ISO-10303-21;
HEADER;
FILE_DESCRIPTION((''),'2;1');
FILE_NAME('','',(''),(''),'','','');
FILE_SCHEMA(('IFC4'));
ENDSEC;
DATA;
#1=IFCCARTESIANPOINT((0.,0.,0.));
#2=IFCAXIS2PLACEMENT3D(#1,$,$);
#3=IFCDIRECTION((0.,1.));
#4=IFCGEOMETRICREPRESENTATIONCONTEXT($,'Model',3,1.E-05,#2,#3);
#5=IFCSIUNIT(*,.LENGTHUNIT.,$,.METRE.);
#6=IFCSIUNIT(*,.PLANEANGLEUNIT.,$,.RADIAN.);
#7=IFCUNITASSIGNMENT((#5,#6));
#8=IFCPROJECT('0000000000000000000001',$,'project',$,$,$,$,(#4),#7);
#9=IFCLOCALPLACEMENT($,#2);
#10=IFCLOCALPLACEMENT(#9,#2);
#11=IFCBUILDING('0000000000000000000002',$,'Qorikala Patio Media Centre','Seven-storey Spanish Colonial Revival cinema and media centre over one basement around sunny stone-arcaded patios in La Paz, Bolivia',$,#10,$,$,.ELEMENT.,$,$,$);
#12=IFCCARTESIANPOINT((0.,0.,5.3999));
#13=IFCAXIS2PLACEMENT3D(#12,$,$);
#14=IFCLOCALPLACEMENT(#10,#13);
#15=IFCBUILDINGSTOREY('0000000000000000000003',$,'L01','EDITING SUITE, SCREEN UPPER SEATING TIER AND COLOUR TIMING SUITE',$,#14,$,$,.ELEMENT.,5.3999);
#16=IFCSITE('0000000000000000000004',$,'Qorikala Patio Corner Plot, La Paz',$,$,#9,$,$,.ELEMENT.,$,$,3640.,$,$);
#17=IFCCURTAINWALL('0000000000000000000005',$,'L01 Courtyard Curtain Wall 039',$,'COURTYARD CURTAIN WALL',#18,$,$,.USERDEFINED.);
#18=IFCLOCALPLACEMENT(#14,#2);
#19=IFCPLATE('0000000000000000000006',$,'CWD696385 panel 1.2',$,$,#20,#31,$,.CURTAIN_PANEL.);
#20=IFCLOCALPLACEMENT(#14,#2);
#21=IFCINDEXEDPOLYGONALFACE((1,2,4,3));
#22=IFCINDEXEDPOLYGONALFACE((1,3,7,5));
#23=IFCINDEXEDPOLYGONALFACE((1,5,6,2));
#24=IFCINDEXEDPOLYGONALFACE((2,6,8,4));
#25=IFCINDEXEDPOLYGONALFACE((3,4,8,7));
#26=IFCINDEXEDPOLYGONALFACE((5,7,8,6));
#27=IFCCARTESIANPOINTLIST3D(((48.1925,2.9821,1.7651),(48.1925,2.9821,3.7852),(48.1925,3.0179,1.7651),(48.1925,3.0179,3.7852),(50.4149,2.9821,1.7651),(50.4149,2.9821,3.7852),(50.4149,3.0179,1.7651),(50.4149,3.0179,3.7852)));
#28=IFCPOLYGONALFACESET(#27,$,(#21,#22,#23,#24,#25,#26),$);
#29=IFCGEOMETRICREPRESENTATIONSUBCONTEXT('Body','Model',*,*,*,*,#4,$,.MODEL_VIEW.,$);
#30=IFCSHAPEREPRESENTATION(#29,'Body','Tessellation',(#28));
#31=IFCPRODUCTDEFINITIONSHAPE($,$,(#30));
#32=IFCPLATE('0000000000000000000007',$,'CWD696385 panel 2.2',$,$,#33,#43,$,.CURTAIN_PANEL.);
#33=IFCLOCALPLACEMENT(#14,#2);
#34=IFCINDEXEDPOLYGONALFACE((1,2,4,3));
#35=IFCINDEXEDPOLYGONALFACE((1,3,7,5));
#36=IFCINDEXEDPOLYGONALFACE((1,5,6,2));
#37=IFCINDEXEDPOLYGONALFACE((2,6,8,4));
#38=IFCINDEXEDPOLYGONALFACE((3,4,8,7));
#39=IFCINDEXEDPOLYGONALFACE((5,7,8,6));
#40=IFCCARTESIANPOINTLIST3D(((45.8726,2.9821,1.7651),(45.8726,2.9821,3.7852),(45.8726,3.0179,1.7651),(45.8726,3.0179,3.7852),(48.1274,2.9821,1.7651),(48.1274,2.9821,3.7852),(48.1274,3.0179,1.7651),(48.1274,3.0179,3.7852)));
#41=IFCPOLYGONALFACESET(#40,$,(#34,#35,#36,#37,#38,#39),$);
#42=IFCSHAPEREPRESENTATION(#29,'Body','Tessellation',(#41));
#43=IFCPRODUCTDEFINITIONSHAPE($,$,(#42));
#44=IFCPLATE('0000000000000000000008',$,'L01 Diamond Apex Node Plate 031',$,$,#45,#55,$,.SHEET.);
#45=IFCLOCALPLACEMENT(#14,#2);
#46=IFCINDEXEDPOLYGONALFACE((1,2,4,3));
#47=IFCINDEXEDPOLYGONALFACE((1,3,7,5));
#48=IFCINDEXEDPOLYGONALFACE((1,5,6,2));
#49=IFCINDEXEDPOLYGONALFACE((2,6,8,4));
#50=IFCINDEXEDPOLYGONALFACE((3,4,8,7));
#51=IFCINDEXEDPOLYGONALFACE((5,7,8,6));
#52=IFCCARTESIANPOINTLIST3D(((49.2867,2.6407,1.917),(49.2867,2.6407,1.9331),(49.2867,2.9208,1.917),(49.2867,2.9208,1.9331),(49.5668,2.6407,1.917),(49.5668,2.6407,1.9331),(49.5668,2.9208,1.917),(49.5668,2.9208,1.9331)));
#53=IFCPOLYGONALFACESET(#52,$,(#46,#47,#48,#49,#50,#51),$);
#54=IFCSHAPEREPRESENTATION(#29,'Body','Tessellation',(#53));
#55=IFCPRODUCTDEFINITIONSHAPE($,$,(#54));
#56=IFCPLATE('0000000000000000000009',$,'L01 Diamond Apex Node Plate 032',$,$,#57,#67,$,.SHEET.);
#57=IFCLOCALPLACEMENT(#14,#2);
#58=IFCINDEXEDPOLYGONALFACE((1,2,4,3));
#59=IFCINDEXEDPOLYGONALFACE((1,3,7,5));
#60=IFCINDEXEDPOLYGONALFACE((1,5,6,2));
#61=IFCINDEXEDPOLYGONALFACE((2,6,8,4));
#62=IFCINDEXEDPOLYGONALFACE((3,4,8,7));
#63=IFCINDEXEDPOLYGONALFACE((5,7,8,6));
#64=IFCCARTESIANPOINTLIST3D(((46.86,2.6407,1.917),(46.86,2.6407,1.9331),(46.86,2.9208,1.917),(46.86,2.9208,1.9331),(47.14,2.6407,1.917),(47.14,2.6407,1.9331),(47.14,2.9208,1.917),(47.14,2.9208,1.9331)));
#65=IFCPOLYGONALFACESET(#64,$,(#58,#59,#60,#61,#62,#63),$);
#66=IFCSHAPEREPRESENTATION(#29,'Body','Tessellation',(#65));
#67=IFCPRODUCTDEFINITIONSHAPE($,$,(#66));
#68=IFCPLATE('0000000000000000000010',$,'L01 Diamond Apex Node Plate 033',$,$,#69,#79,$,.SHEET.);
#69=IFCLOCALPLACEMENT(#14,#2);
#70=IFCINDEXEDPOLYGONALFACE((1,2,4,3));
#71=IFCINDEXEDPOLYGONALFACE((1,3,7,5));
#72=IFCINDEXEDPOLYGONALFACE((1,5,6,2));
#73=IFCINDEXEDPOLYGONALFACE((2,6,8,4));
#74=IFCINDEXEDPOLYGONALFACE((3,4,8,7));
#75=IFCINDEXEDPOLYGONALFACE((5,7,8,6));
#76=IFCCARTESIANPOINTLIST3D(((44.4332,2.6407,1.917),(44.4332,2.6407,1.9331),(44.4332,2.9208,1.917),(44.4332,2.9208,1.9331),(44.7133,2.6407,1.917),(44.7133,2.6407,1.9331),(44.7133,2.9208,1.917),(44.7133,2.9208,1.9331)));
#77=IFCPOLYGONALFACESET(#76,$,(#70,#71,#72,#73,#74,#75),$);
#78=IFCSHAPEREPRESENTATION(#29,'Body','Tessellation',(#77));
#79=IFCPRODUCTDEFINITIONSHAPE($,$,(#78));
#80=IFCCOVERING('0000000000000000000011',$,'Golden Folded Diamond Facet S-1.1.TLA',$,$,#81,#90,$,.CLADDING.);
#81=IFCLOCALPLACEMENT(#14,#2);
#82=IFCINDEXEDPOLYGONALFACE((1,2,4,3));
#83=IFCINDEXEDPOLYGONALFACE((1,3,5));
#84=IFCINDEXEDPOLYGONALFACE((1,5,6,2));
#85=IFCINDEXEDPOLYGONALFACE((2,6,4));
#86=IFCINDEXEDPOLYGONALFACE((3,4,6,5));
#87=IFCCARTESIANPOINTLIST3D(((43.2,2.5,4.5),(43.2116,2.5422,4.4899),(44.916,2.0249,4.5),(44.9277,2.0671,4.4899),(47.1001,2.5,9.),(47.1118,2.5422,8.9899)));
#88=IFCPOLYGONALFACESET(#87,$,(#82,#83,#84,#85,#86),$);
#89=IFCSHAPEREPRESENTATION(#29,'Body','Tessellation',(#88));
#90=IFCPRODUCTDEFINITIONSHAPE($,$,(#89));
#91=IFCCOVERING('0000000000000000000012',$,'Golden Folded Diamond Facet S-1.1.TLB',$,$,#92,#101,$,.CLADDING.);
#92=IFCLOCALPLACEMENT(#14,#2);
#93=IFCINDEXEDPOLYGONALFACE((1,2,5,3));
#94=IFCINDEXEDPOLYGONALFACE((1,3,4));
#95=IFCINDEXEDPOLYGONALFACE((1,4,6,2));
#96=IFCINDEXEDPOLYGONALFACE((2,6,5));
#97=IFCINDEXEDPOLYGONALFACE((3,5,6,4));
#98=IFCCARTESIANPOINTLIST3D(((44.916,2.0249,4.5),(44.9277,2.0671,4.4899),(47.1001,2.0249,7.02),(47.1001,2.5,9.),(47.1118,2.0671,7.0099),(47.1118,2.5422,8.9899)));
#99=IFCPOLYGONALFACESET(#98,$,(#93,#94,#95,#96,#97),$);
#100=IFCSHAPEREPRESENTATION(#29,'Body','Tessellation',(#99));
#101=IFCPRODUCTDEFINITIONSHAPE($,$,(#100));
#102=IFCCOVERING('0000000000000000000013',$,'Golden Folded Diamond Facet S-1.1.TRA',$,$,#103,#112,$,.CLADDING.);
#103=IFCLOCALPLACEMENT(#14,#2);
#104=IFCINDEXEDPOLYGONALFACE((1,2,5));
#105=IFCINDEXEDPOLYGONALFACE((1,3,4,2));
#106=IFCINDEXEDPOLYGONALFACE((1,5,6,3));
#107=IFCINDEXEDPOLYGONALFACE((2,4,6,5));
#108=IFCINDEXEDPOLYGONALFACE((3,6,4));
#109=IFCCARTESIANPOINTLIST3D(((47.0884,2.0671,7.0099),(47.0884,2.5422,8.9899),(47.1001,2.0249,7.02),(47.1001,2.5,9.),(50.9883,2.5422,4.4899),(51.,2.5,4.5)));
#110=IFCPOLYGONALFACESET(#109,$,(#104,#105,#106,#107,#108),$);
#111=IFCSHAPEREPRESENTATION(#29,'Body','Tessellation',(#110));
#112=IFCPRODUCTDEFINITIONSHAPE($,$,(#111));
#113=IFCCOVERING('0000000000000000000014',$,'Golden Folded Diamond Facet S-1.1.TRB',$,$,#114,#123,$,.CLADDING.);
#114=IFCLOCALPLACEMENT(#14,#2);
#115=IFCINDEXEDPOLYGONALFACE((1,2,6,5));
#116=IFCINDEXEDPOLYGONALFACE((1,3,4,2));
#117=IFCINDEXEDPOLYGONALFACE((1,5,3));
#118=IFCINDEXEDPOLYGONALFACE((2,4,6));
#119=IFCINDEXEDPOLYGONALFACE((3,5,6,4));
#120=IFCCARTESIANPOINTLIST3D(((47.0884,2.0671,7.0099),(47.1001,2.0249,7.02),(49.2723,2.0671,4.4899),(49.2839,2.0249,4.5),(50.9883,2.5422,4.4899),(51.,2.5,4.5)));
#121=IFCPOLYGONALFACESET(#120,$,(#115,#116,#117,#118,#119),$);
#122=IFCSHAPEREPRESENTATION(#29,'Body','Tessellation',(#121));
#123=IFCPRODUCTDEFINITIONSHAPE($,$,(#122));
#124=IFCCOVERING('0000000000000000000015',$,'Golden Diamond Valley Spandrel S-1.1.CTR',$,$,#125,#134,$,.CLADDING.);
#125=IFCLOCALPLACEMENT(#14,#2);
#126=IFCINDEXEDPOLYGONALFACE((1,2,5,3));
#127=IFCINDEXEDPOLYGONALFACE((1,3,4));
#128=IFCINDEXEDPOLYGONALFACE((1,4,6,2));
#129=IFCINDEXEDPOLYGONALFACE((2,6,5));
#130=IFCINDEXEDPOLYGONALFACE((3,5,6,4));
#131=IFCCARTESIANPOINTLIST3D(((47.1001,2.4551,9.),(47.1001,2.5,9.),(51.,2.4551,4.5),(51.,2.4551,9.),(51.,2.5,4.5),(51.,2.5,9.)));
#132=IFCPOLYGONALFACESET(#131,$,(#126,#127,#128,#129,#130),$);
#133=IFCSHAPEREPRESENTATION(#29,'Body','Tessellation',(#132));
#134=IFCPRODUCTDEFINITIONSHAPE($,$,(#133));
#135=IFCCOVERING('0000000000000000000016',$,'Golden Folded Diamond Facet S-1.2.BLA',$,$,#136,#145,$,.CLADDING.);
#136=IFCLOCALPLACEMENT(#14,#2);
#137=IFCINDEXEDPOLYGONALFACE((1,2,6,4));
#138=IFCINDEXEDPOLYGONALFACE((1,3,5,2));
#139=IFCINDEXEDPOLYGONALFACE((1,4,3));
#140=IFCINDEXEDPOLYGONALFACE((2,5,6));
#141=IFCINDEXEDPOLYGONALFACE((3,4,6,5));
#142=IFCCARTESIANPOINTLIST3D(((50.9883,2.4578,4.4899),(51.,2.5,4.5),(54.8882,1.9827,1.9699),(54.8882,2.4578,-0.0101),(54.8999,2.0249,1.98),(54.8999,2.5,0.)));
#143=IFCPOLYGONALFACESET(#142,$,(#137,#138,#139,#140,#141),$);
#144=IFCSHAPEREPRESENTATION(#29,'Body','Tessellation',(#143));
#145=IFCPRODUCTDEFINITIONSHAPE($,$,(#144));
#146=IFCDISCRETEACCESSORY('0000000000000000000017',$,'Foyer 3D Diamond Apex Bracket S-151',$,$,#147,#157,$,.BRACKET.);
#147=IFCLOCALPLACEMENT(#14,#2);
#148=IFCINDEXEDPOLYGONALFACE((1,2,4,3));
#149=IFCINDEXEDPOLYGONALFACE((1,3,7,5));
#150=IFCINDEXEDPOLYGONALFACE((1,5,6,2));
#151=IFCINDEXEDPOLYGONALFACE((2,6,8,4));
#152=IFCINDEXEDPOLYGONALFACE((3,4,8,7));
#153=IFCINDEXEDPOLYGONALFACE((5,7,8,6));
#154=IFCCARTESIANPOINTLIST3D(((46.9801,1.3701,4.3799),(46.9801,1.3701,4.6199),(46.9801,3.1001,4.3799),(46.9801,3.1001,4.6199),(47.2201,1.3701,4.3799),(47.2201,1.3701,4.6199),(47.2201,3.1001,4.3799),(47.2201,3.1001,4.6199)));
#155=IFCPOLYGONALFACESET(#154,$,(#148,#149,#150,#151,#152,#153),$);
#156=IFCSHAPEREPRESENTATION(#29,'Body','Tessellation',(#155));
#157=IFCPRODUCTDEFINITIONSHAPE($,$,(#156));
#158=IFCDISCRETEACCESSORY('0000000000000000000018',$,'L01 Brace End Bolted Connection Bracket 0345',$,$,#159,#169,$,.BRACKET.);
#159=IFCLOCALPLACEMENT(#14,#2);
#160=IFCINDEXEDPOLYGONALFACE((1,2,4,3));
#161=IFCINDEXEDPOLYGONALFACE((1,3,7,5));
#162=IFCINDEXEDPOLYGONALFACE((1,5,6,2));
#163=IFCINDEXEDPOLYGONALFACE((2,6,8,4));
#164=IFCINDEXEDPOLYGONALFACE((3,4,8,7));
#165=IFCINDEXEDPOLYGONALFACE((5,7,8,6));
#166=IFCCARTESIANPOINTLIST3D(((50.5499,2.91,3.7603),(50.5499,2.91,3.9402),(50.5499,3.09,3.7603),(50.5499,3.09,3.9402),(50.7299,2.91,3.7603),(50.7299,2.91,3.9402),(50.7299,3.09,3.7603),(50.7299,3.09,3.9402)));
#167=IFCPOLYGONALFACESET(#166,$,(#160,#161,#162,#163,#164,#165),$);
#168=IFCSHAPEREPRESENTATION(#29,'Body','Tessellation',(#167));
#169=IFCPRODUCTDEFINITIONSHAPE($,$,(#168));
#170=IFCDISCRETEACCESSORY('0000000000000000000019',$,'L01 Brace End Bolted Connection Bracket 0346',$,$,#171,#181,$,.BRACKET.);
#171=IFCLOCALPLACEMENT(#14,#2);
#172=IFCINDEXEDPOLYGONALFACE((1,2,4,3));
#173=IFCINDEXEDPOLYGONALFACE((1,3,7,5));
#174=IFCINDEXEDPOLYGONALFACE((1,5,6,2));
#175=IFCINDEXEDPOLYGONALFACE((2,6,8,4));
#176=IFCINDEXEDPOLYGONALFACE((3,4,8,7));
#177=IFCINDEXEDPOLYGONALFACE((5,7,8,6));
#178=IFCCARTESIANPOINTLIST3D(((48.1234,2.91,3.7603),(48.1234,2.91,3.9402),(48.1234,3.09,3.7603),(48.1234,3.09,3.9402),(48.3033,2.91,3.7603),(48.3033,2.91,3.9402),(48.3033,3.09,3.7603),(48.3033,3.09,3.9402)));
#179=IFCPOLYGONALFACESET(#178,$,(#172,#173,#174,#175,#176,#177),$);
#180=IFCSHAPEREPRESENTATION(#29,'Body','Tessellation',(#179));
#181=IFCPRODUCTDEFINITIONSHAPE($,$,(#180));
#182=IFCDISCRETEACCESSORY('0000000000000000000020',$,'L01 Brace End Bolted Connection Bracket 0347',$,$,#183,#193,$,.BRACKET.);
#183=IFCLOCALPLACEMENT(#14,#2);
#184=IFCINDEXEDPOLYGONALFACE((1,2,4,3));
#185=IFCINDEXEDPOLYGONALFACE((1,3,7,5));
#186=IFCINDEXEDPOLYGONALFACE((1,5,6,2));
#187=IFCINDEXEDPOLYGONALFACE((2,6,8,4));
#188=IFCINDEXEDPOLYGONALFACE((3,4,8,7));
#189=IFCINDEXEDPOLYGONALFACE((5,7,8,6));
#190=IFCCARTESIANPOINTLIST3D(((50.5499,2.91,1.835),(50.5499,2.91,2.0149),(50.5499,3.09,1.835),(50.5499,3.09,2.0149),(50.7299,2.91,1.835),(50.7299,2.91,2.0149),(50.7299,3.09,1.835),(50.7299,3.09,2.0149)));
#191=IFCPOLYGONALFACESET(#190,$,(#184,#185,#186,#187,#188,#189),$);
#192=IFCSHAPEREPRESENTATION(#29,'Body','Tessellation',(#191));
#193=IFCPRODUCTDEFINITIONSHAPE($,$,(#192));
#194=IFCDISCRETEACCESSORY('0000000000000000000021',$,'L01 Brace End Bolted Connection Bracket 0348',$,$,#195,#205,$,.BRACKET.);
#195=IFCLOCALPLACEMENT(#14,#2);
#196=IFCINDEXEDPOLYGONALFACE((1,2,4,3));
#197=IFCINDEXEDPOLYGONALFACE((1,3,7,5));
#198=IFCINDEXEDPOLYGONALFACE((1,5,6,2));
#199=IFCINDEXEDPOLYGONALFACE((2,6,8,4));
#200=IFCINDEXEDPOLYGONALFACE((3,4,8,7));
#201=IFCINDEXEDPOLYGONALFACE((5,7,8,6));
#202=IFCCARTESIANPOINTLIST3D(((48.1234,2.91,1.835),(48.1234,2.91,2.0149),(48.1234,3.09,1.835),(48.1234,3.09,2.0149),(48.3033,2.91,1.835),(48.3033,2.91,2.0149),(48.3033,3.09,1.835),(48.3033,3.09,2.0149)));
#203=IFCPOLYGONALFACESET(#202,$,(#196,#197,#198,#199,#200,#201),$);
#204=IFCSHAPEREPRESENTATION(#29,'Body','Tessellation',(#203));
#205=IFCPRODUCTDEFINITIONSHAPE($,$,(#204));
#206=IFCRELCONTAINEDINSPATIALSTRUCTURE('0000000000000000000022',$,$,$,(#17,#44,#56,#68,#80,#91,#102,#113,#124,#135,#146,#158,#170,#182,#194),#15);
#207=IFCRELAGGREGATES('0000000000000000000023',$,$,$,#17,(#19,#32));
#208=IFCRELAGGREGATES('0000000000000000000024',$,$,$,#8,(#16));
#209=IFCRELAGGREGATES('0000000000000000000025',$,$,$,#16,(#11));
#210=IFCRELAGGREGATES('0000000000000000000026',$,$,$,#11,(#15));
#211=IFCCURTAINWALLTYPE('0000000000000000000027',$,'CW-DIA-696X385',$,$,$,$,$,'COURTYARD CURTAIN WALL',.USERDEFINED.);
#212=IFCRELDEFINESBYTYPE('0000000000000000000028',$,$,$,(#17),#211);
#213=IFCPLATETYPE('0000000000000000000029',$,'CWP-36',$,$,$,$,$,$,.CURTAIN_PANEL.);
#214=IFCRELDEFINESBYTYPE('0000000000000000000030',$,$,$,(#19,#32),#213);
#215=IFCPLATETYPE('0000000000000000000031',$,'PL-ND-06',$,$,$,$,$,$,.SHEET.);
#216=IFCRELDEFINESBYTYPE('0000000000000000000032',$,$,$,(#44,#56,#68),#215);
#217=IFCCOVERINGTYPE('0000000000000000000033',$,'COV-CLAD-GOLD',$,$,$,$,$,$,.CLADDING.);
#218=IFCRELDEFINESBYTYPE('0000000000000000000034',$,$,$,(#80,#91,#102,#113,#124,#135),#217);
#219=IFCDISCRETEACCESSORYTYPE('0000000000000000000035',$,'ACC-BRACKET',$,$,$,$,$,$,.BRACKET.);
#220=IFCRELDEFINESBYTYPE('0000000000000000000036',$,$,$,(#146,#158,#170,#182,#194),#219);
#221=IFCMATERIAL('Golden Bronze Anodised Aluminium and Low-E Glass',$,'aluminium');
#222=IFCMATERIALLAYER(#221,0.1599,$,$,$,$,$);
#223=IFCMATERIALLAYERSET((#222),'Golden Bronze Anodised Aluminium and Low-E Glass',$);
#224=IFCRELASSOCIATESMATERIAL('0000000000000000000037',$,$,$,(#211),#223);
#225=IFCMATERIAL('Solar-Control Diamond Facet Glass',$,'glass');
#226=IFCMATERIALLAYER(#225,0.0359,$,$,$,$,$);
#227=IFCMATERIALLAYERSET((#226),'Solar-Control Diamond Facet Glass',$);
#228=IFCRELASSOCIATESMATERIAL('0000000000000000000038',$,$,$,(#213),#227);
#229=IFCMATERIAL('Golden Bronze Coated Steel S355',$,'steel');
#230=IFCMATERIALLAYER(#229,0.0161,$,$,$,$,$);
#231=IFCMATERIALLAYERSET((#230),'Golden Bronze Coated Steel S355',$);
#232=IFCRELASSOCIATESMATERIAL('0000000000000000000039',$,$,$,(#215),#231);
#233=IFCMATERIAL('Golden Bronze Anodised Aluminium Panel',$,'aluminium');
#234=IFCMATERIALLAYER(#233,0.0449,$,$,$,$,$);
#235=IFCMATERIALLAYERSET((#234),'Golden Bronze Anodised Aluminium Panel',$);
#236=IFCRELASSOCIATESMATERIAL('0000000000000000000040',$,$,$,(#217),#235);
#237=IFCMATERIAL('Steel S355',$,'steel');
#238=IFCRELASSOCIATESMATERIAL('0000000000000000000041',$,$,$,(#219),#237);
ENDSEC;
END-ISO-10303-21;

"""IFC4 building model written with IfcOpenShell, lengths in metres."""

from ifc_helpers import new_model, si_unit, direction, frame, origin, origin_2d, place, context, subcontext, project, spatial, polyline, rectangle, outline, extrude, material, layer, layer_set, type_object, element, aggregate, save


model = new_model("IFC4")

# Units and contexts
model_context = context("Model", 3, precision=1e-05, world=origin(), true_north=direction((0.0, 1.0)))
body_context = subcontext(model_context, "Body", "Model", "MODEL_VIEW")
ifc_project = project(units=[si_unit("LENGTHUNIT", "METRE"), si_unit("PLANEANGLEUNIT", "RADIAN")], contexts=[model_context])

# Site, building, storey
site_placement = place(None, origin())
site = spatial("IfcSite", under=ifc_project, at=site_placement, Name="Qorikala Patio Corner Plot, La Paz", CompositionType="ELEMENT", RefElevation=3640.0)
building_placement = place(site_placement, origin())
building = spatial("IfcBuilding", under=site, at=building_placement, Name="Qorikala Patio Media Centre", Description="Seven-storey Spanish Colonial Revival cinema and media centre over one basement around sunny stone-arcaded patios in La Paz, Bolivia", CompositionType="ELEMENT")
storey_placement = place(building_placement, frame((0.0, 0.0, 5.3999)))
storey = spatial("IfcBuildingStorey", under=building, at=storey_placement, Name="L01", Description="EDITING SUITE, SCREEN UPPER SEATING TIER AND COLOUR TIMING SUITE", CompositionType="ELEMENT", Elevation=5.3999)

# Shared definitions
ifc_material_1 = material(Name="Golden Bronze Coated Steel S355", Category="steel")

# Curtain wall
ifc_material_2 = material(Name="Golden Bronze Anodised Aluminium and Low-E Glass", Category="aluminium")
ifc_layer_1 = layer(ifc_material_2, 0.1599)
ifc_layer_set_1 = layer_set([ifc_layer_1], Name="Golden Bronze Anodised Aluminium and Low-E Glass")
curtain_wall_type = type_object("IfcCurtainWallType", Name="CW-DIA-696X385", ElementType="COURTYARD CURTAIN WALL", PredefinedType="USERDEFINED", material=ifc_layer_set_1)
curtain_wall_placement = place(storey_placement, origin())
curtain_wall = element("IfcCurtainWall", 1, at=curtain_wall_placement, inside=storey, type_object=curtain_wall_type, Name="L01 Courtyard Curtain Wall 039", ObjectType="COURTYARD CURTAIN WALL", PredefinedType="USERDEFINED")

# Plates
ifc_material_3 = material(Name="Solar-Control Diamond Facet Glass", Category="glass")
ifc_layer_2 = layer(ifc_material_3, 0.0359)
ifc_layer_set_2 = layer_set([ifc_layer_2], Name="Solar-Control Diamond Facet Glass")
plate_type_1 = type_object("IfcPlateType", Name="CWP-36", PredefinedType="CURTAIN_PANEL", material=ifc_layer_set_2)
plate_1_placement = place(storey_placement, frame((49.3037, 3.0, 1.7651), z_axis=(0.0, 0.0, 1.0), x_axis=(-1.0, 0.0, 0.0)))
plate_1 = element("IfcPlate", 2, at=plate_1_placement, type_object=plate_type_1, Name="CWD696385 panel 1.2", PredefinedType="CURTAIN_PANEL", context=body_context, shape_type="SweptSolid", body=[
    extrude(rectangle(XDim=2.2224, YDim=0.0359, at=origin_2d()), origin(), (0.0, 0.0, 1.0), 2.02),
])
plate_2_placement = place(storey_placement, frame((47.0, 3.0, 1.7651), z_axis=(0.0, 0.0, 1.0), x_axis=(-1.0, 0.0, 0.0)))
plate_2 = element("IfcPlate", 3, at=plate_2_placement, type_object=plate_type_1, Name="CWD696385 panel 2.2", PredefinedType="CURTAIN_PANEL", context=body_context, shape_type="SweptSolid", body=[
    extrude(rectangle(XDim=2.2549, YDim=0.0359, at=origin_2d()), origin(), (0.0, 0.0, 1.0), 2.02),
])
aggregate(curtain_wall, [plate_1, plate_2])

# Plates
ifc_layer_3 = layer(ifc_material_1, 0.0161)
ifc_layer_set_3 = layer_set([ifc_layer_3], Name="Golden Bronze Coated Steel S355")
plate_type_2 = type_object("IfcPlateType", Name="PL-ND-06", PredefinedType="SHEET", material=ifc_layer_set_3)
for number, where, z_axis, x_axis, name in (
    (4, (49.4268, 2.7808, 1.917), (0.0, 0.0, 1.0), (-1.0, 0.0, 0.0), "L01 Diamond Apex Node Plate 031"),
    (5, (47.0, 2.7808, 1.917), (0.0, 0.0, 1.0), (-1.0, 0.0, 0.0), "L01 Diamond Apex Node Plate 032"),
    (6, (44.5732, 2.7808, 1.917), (0.0, 0.0, 1.0), (-1.0, 0.0, 0.0), "L01 Diamond Apex Node Plate 033"),
):
    element("IfcPlate", number, at=place(storey_placement, frame(where, z_axis=z_axis, x_axis=x_axis)), inside=storey, type_object=plate_type_2, Name=name, PredefinedType="SHEET", context=body_context, shape_type="SweptSolid", body=[
        extrude(rectangle(XDim=0.28, YDim=0.28, at=origin_2d()), origin(), (0.0, 0.0, 1.0), 0.0161),
    ])

# Coverings
ifc_material_4 = material(Name="Golden Bronze Anodised Aluminium Panel", Category="aluminium")
ifc_layer_4 = layer(ifc_material_4, 0.0449)
ifc_layer_set_4 = layer_set([ifc_layer_4], Name="Golden Bronze Anodised Aluminium Panel")
covering_type = type_object("IfcCoveringType", Name="COV-CLAD-GOLD", PredefinedType="CLADDING", material=ifc_layer_set_4)
covering_1_placement = place(storey_placement, frame((47.1001, 2.5, 9.0), z_axis=(-0.259956, -0.938968, 0.225304), x_axis=(-0.654945, 0.0, -0.755677)))
element("IfcCovering", 7, at=covering_1_placement, inside=storey, type_object=covering_type, Name="Golden Folded Diamond Facet S-1.1.TLA", PredefinedType="CLADDING", context=body_context, shape_type="SweptSolid", body=[
    extrude(outline(polyline([(0.0, 0.0), (5.9549, 0.0), (4.831, 1.3811), (0.0, 0.0)])), origin(), (0.0, 0.0, -1.0), 0.0449),
])
covering_2_placement = place(storey_placement, frame((47.1001, 2.5, 9.0), z_axis=(-0.25996, -0.938966, 0.225306), x_axis=(-0.434684, -0.094556, -0.895606)))
element("IfcCovering", 8, at=covering_2_placement, inside=storey, type_object=covering_type, Name="Golden Folded Diamond Facet S-1.1.TLB", PredefinedType="CLADDING", context=body_context, shape_type="SweptSolid", body=[
    extrude(outline(polyline([(0.0, 0.0), (5.0245, 0.0), (1.8182, 0.9166), (0.0, 0.0)])), origin(), (0.0, 0.0, -1.0), 0.0449),
])
covering_3_placement = place(storey_placement, frame((51.0, 2.5, 4.5), z_axis=(0.259974, -0.938963, 0.225305), x_axis=(-0.654921, 0.0, 0.755697)))
element("IfcCovering", 9, at=covering_3_placement, inside=storey, type_object=covering_type, Name="Golden Folded Diamond Facet S-1.1.TRA", PredefinedType="CLADDING", context=body_context, shape_type="SweptSolid", body=[
    extrude(outline(polyline([(0.0, 0.0), (5.9548, 0.0), (4.4585, 1.381), (0.0, 0.0)])), origin(), (0.0, 0.0, -1.0), 0.0449),
])
covering_4_placement = place(storey_placement, frame((51.0, 2.5, 4.5), z_axis=(0.259958, -0.938974, 0.225278), x_axis=(-0.835546, -0.101789, 0.539909)))
element("IfcCovering", 10, at=covering_4_placement, inside=storey, type_object=covering_type, Name="Golden Folded Diamond Facet S-1.1.TRB", PredefinedType="CLADDING", context=body_context, shape_type="SweptSolid", body=[
    extrude(outline(polyline([(0.0, 0.0), (4.6675, 0.0), (1.4822, 0.9867), (0.0, 0.0)])), origin(), (0.0, 0.0, -1.0), 0.0449),
])
covering_5_placement = place(storey_placement, frame((51.0, 2.5, 9.0), z_axis=(0.0, 1.0, 0.0), x_axis=(0.0, 0.0, -1.0)))
element("IfcCovering", 11, at=covering_5_placement, inside=storey, type_object=covering_type, Name="Golden Diamond Valley Spandrel S-1.1.CTR", PredefinedType="CLADDING", context=body_context, shape_type="SweptSolid", body=[
    extrude(outline(polyline([(0.0, 0.0), (4.5, 0.0), (0.0, 3.8999), (0.0, 0.0)])), origin(), (0.0, 0.0, -1.0), 0.0449),
])
covering_6_placement = place(storey_placement, frame((51.0, 2.5, 4.5), z_axis=(0.259974, 0.938963, 0.225305), x_axis=(0.654921, 0.0, -0.755697)))
element("IfcCovering", 12, at=covering_6_placement, inside=storey, type_object=covering_type, Name="Golden Folded Diamond Facet S-1.2.BLA", PredefinedType="CLADDING", context=body_context, shape_type="SweptSolid", body=[
    extrude(outline(polyline([(0.0, 0.0), (5.9548, 0.0), (4.4585, -1.381), (0.0, 0.0)])), origin(), (0.0, 0.0, -1.0), 0.0449),
])

# Discrete accessories
ifc_material_5 = material(Name="Steel S355", Category="steel")
discrete_accessory_type = type_object("IfcDiscreteAccessoryType", Name="ACC-BRACKET", PredefinedType="BRACKET", material=ifc_material_5)
discrete_accessory_placement = place(storey_placement, frame((47.1001, 2.2351, 4.3799), z_axis=(0.0, 0.0, 1.0), x_axis=(1.0, 0.0, 0.0)))
element("IfcDiscreteAccessory", 13, at=discrete_accessory_placement, inside=storey, type_object=discrete_accessory_type, Name="Foyer 3D Diamond Apex Bracket S-151", PredefinedType="BRACKET", context=body_context, shape_type="SweptSolid", body=[
    extrude(rectangle(XDim=0.24, YDim=1.73, at=origin_2d()), origin(), (0.0, 0.0, 1.0), 0.24),
])
for number, where, z_axis, x_axis, name in (
    (14, (50.6399, 3.0, 3.7603), (0.0, 0.0, 1.0), (1.0, 0.0, 0.0), "L01 Brace End Bolted Connection Bracket 0345"),
    (15, (48.2134, 3.0, 3.7603), (0.0, 0.0, 1.0), (1.0, 0.0, 0.0), "L01 Brace End Bolted Connection Bracket 0346"),
    (16, (50.6399, 3.0, 1.835), (0.0, 0.0, 1.0), (1.0, 0.0, 0.0), "L01 Brace End Bolted Connection Bracket 0347"),
    (17, (48.2134, 3.0, 1.835), (0.0, 0.0, 1.0), (1.0, 0.0, 0.0), "L01 Brace End Bolted Connection Bracket 0348"),
):
    element("IfcDiscreteAccessory", number, at=place(storey_placement, frame(where, z_axis=z_axis, x_axis=x_axis)), inside=storey, type_object=discrete_accessory_type, Name=name, PredefinedType="BRACKET", context=body_context, shape_type="SweptSolid", body=[
        extrude(rectangle(XDim=0.1799, YDim=0.1799, at=origin_2d()), origin(), (0.0, 0.0, 1.0), 0.1799),
    ])

save(model, "model.ifc")
